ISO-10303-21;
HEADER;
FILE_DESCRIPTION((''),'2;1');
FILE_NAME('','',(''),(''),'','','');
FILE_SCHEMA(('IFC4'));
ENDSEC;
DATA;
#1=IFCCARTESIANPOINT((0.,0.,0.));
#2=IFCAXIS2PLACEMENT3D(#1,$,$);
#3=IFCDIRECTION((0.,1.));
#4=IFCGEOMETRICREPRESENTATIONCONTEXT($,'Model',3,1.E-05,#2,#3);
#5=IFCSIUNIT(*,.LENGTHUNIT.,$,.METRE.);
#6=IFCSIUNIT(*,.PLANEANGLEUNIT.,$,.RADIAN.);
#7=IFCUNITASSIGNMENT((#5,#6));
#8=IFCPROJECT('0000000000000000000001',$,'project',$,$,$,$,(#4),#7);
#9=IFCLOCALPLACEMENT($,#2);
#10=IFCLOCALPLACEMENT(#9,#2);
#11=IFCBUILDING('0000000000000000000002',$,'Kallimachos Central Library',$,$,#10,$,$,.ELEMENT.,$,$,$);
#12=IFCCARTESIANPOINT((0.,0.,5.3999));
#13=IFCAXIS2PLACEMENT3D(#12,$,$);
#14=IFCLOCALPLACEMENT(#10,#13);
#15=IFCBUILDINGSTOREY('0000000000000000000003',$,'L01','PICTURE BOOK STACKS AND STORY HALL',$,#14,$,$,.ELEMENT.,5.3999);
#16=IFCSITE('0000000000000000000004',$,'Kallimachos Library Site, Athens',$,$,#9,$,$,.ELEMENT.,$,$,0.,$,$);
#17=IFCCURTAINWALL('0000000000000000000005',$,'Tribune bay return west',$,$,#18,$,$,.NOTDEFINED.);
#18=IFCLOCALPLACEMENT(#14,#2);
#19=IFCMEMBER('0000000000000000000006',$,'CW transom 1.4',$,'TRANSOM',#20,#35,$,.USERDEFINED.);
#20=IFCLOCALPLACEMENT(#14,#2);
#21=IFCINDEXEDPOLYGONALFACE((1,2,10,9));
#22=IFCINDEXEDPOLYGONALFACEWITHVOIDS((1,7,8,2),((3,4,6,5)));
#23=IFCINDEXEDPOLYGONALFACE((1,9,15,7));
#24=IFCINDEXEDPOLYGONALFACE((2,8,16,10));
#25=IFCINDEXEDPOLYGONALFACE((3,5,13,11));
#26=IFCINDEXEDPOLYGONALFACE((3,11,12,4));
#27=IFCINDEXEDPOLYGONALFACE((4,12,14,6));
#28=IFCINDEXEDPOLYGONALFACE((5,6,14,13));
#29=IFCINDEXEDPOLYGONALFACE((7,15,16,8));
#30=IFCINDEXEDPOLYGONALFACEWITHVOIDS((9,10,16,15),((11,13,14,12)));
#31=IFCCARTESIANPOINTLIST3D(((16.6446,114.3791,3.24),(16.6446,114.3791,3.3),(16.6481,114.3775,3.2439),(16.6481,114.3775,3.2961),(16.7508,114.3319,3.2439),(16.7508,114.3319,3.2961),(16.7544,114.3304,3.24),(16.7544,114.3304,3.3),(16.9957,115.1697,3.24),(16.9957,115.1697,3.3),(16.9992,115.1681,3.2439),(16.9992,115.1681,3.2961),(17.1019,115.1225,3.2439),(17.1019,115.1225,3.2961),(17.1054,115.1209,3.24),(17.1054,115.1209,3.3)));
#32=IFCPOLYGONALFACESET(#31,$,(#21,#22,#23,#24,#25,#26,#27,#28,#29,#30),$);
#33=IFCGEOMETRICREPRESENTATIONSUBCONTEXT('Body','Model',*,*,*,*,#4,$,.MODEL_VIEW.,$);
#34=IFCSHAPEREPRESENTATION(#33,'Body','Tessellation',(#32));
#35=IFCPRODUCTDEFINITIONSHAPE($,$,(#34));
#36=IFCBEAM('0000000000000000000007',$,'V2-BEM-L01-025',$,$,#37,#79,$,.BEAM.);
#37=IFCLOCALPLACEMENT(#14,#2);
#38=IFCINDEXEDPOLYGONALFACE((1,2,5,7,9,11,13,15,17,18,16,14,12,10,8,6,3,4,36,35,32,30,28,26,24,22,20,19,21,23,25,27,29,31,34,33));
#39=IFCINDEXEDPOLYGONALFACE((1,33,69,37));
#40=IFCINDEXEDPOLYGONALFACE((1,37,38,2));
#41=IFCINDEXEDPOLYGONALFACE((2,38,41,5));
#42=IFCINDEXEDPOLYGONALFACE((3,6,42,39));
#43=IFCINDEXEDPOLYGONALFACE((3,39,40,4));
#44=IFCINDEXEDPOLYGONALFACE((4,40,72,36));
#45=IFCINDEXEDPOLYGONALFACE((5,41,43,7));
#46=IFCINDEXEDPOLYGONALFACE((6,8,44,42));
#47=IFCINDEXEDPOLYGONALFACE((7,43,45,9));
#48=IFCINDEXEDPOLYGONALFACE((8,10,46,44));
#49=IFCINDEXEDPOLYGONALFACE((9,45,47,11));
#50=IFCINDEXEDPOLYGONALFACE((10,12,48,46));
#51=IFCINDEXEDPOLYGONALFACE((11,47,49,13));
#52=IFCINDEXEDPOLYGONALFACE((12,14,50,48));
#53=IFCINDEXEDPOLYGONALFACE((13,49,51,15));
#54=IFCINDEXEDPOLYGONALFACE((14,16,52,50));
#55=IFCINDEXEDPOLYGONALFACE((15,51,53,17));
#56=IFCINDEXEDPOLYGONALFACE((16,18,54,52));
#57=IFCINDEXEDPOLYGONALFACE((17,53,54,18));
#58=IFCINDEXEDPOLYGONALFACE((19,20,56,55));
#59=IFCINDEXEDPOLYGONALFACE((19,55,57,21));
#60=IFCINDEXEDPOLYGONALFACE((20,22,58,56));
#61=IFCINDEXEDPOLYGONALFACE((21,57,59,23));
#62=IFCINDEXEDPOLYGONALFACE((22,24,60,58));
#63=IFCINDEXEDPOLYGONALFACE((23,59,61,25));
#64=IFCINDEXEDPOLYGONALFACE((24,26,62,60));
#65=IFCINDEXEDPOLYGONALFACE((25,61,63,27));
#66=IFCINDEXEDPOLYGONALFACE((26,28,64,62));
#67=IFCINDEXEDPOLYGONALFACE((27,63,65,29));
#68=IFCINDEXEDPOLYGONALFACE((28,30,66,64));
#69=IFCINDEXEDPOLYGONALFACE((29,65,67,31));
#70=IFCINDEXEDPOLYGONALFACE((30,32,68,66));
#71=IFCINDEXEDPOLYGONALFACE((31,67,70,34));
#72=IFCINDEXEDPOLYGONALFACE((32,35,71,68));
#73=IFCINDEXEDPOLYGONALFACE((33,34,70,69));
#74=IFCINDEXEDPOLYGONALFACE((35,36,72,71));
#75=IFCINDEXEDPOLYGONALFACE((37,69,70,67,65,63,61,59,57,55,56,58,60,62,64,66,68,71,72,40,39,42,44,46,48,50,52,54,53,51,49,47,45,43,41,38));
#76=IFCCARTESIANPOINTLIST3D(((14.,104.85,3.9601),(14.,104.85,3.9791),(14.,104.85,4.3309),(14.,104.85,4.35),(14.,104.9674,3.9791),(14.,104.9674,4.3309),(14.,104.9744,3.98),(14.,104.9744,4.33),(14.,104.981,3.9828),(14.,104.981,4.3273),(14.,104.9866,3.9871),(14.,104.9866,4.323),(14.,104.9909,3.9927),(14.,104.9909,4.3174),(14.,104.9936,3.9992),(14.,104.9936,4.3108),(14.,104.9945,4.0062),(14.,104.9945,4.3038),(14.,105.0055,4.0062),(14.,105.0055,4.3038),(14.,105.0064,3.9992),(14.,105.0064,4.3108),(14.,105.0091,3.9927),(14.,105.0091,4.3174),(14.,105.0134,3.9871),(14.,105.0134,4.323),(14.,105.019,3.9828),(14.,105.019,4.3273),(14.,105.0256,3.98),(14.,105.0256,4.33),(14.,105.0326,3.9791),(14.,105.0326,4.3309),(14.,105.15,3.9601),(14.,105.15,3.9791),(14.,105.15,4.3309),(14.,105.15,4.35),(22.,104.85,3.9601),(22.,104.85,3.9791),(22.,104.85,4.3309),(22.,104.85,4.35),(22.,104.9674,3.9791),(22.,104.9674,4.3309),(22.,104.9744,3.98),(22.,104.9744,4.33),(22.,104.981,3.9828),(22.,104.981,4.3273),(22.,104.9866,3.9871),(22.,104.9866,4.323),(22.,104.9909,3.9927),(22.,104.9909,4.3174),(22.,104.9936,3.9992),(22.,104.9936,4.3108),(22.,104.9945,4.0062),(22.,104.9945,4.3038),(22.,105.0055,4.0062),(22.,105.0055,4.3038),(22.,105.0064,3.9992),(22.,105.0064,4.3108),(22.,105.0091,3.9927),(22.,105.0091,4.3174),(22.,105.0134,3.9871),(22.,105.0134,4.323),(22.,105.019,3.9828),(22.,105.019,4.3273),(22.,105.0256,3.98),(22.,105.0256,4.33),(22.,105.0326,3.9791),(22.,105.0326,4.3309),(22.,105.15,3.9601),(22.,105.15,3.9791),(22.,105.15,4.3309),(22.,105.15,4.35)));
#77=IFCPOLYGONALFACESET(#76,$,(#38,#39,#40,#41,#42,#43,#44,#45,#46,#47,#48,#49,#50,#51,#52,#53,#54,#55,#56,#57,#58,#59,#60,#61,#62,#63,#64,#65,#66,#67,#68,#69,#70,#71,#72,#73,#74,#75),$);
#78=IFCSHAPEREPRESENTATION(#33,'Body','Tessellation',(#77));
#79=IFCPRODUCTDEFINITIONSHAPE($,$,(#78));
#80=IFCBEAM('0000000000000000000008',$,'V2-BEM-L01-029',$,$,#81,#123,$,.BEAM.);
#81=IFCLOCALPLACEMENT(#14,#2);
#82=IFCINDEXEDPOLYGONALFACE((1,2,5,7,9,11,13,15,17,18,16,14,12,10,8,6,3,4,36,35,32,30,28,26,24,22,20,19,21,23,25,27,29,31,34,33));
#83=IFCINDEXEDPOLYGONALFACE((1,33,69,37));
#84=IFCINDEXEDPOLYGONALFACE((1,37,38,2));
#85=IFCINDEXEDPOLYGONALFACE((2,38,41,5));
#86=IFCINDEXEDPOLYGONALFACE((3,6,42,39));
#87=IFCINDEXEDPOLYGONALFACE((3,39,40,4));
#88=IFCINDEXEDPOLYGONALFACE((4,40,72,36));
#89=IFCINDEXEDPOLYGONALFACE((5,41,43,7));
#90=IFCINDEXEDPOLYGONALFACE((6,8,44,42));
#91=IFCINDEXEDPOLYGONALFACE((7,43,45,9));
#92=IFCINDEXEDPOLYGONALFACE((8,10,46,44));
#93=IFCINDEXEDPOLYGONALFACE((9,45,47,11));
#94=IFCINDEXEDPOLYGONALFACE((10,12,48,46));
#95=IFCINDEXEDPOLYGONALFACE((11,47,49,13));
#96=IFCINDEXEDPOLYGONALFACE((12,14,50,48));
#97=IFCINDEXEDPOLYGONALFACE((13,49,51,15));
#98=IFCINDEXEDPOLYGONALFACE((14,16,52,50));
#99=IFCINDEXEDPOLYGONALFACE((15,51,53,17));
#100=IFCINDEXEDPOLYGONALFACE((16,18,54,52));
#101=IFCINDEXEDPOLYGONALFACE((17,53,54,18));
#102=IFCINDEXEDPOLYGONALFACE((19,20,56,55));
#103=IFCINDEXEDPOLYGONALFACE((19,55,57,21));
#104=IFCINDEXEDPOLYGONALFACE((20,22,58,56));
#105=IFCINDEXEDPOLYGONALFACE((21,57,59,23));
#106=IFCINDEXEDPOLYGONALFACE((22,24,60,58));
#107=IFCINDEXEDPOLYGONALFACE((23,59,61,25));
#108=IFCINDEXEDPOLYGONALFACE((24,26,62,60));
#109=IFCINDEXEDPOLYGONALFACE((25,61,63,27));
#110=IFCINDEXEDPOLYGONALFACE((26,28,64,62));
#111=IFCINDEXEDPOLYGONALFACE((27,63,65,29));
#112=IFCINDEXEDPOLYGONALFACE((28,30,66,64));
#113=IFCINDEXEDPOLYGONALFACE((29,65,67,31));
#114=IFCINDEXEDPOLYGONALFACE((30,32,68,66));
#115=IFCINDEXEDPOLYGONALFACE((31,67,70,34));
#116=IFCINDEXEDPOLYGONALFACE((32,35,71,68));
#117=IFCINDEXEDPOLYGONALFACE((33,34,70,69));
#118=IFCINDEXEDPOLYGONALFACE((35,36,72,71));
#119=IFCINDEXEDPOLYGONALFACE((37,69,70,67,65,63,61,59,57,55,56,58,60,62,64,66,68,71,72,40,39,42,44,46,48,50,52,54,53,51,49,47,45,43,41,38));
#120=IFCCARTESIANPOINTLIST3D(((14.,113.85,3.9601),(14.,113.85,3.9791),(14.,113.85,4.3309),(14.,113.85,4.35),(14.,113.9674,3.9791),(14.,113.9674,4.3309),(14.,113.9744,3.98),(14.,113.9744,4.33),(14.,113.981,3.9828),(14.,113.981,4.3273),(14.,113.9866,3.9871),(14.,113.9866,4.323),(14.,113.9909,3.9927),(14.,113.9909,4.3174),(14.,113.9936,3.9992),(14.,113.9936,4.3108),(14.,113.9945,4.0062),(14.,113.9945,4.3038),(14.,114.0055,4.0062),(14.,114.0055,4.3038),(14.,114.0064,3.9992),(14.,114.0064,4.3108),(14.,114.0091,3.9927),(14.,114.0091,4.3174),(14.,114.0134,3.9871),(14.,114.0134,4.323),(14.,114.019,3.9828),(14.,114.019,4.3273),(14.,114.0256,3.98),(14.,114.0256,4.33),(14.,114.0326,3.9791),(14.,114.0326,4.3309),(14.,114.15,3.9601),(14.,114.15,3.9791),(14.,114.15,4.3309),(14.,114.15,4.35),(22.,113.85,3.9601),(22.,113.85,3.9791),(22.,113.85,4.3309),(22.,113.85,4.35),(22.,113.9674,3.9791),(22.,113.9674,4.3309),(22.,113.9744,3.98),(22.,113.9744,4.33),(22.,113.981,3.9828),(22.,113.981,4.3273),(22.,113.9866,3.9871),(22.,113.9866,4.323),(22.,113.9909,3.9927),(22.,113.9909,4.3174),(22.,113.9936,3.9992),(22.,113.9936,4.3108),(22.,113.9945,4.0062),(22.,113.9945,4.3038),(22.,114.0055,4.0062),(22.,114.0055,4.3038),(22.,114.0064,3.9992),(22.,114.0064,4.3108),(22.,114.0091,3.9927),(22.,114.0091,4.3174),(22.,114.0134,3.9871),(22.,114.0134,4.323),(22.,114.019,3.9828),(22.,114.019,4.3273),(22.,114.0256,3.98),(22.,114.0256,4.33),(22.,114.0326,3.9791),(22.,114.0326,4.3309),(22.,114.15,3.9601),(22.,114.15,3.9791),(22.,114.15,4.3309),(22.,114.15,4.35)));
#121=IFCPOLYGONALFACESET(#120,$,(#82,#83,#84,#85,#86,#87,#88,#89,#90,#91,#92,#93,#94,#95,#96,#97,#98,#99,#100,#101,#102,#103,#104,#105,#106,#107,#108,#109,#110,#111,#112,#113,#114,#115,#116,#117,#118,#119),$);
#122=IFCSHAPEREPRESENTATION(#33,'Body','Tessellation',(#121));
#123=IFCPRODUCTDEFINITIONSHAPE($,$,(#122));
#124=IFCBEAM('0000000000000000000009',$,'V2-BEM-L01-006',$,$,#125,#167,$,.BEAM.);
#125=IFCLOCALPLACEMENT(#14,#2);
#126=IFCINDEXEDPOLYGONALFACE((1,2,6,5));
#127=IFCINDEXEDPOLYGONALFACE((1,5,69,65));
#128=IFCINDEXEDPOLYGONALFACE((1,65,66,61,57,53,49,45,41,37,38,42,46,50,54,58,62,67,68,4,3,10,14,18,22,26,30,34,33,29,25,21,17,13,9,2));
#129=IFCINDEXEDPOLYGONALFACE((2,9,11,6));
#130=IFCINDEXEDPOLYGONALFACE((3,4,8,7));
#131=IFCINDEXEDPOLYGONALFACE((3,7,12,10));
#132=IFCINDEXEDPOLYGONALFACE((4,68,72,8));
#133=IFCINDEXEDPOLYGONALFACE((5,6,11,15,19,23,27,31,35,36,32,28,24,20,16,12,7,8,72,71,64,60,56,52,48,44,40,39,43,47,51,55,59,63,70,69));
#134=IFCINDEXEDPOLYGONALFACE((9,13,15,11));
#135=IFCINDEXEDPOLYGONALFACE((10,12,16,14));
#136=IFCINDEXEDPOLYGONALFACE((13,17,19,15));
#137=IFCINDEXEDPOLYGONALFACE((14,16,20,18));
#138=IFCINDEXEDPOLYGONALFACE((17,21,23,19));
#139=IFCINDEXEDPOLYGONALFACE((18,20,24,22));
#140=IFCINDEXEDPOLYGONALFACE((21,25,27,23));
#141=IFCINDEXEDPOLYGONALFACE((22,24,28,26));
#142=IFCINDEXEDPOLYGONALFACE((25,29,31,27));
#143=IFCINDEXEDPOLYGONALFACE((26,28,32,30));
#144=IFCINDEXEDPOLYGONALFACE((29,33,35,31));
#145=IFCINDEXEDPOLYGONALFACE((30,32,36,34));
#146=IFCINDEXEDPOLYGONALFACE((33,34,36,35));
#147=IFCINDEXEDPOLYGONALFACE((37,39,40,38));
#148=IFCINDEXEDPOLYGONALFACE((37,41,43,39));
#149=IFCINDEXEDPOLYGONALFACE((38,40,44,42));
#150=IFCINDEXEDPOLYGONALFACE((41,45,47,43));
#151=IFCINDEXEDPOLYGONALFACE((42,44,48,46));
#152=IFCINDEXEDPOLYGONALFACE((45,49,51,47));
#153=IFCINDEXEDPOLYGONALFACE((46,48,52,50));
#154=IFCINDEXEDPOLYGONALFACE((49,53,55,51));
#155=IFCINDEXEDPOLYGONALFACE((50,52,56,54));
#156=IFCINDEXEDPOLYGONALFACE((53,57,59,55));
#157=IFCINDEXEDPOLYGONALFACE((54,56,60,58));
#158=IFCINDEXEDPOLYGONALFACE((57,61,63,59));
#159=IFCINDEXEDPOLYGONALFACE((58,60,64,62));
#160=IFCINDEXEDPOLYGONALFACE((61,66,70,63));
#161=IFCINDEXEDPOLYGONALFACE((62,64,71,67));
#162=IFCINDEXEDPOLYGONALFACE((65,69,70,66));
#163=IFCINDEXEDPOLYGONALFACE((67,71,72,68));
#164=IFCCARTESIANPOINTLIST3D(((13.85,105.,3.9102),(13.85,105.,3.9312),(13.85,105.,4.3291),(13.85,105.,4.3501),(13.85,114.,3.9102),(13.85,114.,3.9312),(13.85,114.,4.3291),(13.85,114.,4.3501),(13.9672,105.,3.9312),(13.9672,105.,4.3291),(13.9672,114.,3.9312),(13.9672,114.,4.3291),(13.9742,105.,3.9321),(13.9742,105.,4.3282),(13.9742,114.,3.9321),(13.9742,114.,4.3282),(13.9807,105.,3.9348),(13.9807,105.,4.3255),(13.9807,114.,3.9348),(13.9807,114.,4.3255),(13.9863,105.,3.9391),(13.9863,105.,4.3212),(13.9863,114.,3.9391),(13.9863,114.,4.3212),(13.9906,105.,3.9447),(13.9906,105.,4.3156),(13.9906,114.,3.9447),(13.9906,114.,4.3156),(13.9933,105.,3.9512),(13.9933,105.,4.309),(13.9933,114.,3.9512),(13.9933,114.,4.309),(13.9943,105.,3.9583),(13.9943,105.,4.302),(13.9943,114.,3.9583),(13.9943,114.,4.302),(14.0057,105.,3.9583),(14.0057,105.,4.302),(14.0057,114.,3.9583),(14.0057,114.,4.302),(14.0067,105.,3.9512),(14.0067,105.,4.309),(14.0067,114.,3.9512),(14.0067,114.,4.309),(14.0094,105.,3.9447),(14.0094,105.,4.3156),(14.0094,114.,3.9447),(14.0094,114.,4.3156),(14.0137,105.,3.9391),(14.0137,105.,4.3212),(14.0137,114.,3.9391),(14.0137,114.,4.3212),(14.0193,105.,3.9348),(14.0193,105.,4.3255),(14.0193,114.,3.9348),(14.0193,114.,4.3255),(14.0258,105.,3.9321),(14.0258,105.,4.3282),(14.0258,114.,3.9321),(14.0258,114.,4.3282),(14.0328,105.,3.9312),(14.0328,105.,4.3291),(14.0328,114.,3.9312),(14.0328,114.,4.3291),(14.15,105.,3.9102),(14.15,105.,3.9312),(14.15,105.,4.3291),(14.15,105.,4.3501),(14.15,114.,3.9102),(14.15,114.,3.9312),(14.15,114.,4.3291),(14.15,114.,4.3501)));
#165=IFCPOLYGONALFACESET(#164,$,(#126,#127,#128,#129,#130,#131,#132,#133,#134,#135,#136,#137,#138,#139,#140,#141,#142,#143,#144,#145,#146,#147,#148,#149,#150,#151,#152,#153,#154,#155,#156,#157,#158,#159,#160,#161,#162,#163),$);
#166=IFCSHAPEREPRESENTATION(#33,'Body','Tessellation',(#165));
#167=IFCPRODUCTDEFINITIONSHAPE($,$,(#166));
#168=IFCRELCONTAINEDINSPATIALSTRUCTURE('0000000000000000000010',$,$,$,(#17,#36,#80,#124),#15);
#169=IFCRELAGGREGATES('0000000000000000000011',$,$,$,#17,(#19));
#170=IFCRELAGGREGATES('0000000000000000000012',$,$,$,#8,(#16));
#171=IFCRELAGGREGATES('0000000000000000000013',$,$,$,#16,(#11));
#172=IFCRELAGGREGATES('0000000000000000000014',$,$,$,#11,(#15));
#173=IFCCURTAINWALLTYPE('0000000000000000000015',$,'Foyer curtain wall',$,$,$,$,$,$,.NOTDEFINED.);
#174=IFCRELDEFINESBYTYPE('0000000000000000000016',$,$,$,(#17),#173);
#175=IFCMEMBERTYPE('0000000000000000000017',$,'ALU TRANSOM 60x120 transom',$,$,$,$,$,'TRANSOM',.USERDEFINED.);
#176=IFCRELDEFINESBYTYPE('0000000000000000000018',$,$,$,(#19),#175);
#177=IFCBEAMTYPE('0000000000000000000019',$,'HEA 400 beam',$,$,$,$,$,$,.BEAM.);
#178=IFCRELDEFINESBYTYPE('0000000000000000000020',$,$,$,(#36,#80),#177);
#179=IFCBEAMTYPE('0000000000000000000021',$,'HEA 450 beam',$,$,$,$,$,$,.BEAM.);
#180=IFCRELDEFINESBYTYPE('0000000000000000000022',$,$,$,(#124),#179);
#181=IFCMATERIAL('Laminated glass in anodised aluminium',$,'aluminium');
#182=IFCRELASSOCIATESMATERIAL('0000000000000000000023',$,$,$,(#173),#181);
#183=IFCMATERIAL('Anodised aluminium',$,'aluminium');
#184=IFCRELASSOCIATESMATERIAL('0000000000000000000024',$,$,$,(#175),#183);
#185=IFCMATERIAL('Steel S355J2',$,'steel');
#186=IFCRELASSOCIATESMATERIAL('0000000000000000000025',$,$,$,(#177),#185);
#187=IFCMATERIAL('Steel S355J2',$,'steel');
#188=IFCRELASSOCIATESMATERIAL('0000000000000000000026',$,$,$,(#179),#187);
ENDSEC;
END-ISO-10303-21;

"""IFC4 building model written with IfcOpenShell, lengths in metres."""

from ifc_helpers import new_model, si_unit, direction, frame, origin, origin_2d, place, context, subcontext, project, spatial, hollow_rectangle, i_section, extrude, material, material_profile, profile_set, type_object, element, aggregate, save


model = new_model("IFC4")

# Units and contexts
model_context = context("Model", 3, precision=1e-05, world=origin(), true_north=direction((0.0, 1.0)))
body_context = subcontext(model_context, "Body", "Model", "MODEL_VIEW")
ifc_project = project(units=[si_unit("LENGTHUNIT", "METRE"), si_unit("PLANEANGLEUNIT", "RADIAN")], contexts=[model_context])

# Site, building, storey
site_placement = place(None, origin())
site = spatial("IfcSite", under=ifc_project, at=site_placement, Name="Kallimachos Library Site, Athens", CompositionType="ELEMENT", RefElevation=0.0)
building_placement = place(site_placement, origin())
building = spatial("IfcBuilding", under=site, at=building_placement, Name="Kallimachos Central Library", CompositionType="ELEMENT")
storey_placement = place(building_placement, frame((0.0, 0.0, 5.3999)))
storey = spatial("IfcBuildingStorey", under=building, at=storey_placement, Name="L01", Description="PICTURE BOOK STACKS AND STORY HALL", CompositionType="ELEMENT", Elevation=5.3999)

# Shared definitions
ifc_material_1 = material(Name="Laminated glass in anodised aluminium", Category="aluminium")
curtain_wall_type = type_object("IfcCurtainWallType", Name="Foyer curtain wall", PredefinedType="NOTDEFINED", material=ifc_material_1)

# Curtain wall, member
curtain_wall_1_placement = place(storey_placement, origin())
curtain_wall_1 = element("IfcCurtainWall", 1, at=curtain_wall_1_placement, inside=storey, type_object=curtain_wall_type, Name="Tribune bay return west", PredefinedType="NOTDEFINED")
ifc_material_2 = material(Name="Anodised aluminium", Category="aluminium")
ifc_material_profile_1 = material_profile(ifc_material_2, hollow_rectangle(XDim=0.0601, YDim=0.1201, WallThickness=0.0039, at=origin_2d()), Name="ALU TRANSOM 60x120")
ifc_profile_set_1 = profile_set([ifc_material_profile_1], Name="Anodised aluminium")
member_type_1 = type_object("IfcMemberType", Name="ALU TRANSOM 60x120 transom", ElementType="TRANSOM", PredefinedType="USERDEFINED", material=ifc_profile_set_1)
member_1_placement = place(storey_placement, frame((16.6995, 114.3547, 3.27), z_axis=(0.405877, 0.913928, 0.0), x_axis=(0.0, 0.0, 1.0)))
member_1 = element("IfcMember", 2, at=member_1_placement, type_object=member_type_1, Name="CW transom 1.4", ObjectType="TRANSOM", PredefinedType="USERDEFINED", context=body_context, shape_type="SweptSolid", body=[
    extrude(hollow_rectangle(XDim=0.0601, YDim=0.1201, WallThickness=0.0039, at=origin_2d()), origin(), (0.0, 0.0, 1.0), 0.865),
])
aggregate(curtain_wall_1, [member_1])

# Beams
ifc_material_3 = material(Name="Steel S355J2", Category="steel")
ifc_material_profile_2 = material_profile(ifc_material_3, i_section(OverallWidth=0.3, OverallDepth=0.3899, WebThickness=0.011, FlangeThickness=0.019, FilletRadius=0.0271, at=origin_2d()), Name="HEA 400")
ifc_profile_set_2 = profile_set([ifc_material_profile_2], Name="Steel S355J2")
beam_type_1 = type_object("IfcBeamType", Name="HEA 400 beam", PredefinedType="BEAM", material=ifc_profile_set_2)
for number, where, z_axis, x_axis, name in (
    (3, (14.0, 105.0, 4.155), (1.0, 0.0, 0.0), (0.0, 1.0, 0.0), "V2-BEM-L01-025"),
    (4, (14.0, 114.0, 4.155), (1.0, 0.0, 0.0), (0.0, 1.0, 0.0), "V2-BEM-L01-029"),
):
    element("IfcBeam", number, at=place(storey_placement, frame(where, z_axis=z_axis, x_axis=x_axis)), inside=storey, type_object=beam_type_1, Name=name, PredefinedType="BEAM", context=body_context, shape_type="SweptSolid", body=[
        extrude(i_section(OverallWidth=0.3, OverallDepth=0.3899, WebThickness=0.011, FlangeThickness=0.019, FilletRadius=0.0271, at=origin_2d()), origin(), (0.0, 0.0, 1.0), 8.0),
    ])
ifc_material_4 = material(Name="Steel S355J2", Category="steel")
ifc_material_profile_3 = material_profile(ifc_material_4, i_section(OverallWidth=0.3, OverallDepth=0.4399, WebThickness=0.0115, FlangeThickness=0.021, FilletRadius=0.0271, at=origin_2d()), Name="HEA 450")
ifc_profile_set_3 = profile_set([ifc_material_profile_3], Name="Steel S355J2")
beam_type_2 = type_object("IfcBeamType", Name="HEA 450 beam", PredefinedType="BEAM", material=ifc_profile_set_3)
beam_placement = place(storey_placement, frame((14.0, 105.0, 4.1301), z_axis=(0.0, 1.0, 0.0), x_axis=(-1.0, 0.0, 0.0)))
element("IfcBeam", 5, at=beam_placement, inside=storey, type_object=beam_type_2, Name="V2-BEM-L01-006", PredefinedType="BEAM", context=body_context, shape_type="SweptSolid", body=[
    extrude(i_section(OverallWidth=0.3, OverallDepth=0.4399, WebThickness=0.0115, FlangeThickness=0.021, FilletRadius=0.0271, at=origin_2d()), origin(), (0.0, 0.0, 1.0), 9.0),
])

save(model, "model.ifc")
